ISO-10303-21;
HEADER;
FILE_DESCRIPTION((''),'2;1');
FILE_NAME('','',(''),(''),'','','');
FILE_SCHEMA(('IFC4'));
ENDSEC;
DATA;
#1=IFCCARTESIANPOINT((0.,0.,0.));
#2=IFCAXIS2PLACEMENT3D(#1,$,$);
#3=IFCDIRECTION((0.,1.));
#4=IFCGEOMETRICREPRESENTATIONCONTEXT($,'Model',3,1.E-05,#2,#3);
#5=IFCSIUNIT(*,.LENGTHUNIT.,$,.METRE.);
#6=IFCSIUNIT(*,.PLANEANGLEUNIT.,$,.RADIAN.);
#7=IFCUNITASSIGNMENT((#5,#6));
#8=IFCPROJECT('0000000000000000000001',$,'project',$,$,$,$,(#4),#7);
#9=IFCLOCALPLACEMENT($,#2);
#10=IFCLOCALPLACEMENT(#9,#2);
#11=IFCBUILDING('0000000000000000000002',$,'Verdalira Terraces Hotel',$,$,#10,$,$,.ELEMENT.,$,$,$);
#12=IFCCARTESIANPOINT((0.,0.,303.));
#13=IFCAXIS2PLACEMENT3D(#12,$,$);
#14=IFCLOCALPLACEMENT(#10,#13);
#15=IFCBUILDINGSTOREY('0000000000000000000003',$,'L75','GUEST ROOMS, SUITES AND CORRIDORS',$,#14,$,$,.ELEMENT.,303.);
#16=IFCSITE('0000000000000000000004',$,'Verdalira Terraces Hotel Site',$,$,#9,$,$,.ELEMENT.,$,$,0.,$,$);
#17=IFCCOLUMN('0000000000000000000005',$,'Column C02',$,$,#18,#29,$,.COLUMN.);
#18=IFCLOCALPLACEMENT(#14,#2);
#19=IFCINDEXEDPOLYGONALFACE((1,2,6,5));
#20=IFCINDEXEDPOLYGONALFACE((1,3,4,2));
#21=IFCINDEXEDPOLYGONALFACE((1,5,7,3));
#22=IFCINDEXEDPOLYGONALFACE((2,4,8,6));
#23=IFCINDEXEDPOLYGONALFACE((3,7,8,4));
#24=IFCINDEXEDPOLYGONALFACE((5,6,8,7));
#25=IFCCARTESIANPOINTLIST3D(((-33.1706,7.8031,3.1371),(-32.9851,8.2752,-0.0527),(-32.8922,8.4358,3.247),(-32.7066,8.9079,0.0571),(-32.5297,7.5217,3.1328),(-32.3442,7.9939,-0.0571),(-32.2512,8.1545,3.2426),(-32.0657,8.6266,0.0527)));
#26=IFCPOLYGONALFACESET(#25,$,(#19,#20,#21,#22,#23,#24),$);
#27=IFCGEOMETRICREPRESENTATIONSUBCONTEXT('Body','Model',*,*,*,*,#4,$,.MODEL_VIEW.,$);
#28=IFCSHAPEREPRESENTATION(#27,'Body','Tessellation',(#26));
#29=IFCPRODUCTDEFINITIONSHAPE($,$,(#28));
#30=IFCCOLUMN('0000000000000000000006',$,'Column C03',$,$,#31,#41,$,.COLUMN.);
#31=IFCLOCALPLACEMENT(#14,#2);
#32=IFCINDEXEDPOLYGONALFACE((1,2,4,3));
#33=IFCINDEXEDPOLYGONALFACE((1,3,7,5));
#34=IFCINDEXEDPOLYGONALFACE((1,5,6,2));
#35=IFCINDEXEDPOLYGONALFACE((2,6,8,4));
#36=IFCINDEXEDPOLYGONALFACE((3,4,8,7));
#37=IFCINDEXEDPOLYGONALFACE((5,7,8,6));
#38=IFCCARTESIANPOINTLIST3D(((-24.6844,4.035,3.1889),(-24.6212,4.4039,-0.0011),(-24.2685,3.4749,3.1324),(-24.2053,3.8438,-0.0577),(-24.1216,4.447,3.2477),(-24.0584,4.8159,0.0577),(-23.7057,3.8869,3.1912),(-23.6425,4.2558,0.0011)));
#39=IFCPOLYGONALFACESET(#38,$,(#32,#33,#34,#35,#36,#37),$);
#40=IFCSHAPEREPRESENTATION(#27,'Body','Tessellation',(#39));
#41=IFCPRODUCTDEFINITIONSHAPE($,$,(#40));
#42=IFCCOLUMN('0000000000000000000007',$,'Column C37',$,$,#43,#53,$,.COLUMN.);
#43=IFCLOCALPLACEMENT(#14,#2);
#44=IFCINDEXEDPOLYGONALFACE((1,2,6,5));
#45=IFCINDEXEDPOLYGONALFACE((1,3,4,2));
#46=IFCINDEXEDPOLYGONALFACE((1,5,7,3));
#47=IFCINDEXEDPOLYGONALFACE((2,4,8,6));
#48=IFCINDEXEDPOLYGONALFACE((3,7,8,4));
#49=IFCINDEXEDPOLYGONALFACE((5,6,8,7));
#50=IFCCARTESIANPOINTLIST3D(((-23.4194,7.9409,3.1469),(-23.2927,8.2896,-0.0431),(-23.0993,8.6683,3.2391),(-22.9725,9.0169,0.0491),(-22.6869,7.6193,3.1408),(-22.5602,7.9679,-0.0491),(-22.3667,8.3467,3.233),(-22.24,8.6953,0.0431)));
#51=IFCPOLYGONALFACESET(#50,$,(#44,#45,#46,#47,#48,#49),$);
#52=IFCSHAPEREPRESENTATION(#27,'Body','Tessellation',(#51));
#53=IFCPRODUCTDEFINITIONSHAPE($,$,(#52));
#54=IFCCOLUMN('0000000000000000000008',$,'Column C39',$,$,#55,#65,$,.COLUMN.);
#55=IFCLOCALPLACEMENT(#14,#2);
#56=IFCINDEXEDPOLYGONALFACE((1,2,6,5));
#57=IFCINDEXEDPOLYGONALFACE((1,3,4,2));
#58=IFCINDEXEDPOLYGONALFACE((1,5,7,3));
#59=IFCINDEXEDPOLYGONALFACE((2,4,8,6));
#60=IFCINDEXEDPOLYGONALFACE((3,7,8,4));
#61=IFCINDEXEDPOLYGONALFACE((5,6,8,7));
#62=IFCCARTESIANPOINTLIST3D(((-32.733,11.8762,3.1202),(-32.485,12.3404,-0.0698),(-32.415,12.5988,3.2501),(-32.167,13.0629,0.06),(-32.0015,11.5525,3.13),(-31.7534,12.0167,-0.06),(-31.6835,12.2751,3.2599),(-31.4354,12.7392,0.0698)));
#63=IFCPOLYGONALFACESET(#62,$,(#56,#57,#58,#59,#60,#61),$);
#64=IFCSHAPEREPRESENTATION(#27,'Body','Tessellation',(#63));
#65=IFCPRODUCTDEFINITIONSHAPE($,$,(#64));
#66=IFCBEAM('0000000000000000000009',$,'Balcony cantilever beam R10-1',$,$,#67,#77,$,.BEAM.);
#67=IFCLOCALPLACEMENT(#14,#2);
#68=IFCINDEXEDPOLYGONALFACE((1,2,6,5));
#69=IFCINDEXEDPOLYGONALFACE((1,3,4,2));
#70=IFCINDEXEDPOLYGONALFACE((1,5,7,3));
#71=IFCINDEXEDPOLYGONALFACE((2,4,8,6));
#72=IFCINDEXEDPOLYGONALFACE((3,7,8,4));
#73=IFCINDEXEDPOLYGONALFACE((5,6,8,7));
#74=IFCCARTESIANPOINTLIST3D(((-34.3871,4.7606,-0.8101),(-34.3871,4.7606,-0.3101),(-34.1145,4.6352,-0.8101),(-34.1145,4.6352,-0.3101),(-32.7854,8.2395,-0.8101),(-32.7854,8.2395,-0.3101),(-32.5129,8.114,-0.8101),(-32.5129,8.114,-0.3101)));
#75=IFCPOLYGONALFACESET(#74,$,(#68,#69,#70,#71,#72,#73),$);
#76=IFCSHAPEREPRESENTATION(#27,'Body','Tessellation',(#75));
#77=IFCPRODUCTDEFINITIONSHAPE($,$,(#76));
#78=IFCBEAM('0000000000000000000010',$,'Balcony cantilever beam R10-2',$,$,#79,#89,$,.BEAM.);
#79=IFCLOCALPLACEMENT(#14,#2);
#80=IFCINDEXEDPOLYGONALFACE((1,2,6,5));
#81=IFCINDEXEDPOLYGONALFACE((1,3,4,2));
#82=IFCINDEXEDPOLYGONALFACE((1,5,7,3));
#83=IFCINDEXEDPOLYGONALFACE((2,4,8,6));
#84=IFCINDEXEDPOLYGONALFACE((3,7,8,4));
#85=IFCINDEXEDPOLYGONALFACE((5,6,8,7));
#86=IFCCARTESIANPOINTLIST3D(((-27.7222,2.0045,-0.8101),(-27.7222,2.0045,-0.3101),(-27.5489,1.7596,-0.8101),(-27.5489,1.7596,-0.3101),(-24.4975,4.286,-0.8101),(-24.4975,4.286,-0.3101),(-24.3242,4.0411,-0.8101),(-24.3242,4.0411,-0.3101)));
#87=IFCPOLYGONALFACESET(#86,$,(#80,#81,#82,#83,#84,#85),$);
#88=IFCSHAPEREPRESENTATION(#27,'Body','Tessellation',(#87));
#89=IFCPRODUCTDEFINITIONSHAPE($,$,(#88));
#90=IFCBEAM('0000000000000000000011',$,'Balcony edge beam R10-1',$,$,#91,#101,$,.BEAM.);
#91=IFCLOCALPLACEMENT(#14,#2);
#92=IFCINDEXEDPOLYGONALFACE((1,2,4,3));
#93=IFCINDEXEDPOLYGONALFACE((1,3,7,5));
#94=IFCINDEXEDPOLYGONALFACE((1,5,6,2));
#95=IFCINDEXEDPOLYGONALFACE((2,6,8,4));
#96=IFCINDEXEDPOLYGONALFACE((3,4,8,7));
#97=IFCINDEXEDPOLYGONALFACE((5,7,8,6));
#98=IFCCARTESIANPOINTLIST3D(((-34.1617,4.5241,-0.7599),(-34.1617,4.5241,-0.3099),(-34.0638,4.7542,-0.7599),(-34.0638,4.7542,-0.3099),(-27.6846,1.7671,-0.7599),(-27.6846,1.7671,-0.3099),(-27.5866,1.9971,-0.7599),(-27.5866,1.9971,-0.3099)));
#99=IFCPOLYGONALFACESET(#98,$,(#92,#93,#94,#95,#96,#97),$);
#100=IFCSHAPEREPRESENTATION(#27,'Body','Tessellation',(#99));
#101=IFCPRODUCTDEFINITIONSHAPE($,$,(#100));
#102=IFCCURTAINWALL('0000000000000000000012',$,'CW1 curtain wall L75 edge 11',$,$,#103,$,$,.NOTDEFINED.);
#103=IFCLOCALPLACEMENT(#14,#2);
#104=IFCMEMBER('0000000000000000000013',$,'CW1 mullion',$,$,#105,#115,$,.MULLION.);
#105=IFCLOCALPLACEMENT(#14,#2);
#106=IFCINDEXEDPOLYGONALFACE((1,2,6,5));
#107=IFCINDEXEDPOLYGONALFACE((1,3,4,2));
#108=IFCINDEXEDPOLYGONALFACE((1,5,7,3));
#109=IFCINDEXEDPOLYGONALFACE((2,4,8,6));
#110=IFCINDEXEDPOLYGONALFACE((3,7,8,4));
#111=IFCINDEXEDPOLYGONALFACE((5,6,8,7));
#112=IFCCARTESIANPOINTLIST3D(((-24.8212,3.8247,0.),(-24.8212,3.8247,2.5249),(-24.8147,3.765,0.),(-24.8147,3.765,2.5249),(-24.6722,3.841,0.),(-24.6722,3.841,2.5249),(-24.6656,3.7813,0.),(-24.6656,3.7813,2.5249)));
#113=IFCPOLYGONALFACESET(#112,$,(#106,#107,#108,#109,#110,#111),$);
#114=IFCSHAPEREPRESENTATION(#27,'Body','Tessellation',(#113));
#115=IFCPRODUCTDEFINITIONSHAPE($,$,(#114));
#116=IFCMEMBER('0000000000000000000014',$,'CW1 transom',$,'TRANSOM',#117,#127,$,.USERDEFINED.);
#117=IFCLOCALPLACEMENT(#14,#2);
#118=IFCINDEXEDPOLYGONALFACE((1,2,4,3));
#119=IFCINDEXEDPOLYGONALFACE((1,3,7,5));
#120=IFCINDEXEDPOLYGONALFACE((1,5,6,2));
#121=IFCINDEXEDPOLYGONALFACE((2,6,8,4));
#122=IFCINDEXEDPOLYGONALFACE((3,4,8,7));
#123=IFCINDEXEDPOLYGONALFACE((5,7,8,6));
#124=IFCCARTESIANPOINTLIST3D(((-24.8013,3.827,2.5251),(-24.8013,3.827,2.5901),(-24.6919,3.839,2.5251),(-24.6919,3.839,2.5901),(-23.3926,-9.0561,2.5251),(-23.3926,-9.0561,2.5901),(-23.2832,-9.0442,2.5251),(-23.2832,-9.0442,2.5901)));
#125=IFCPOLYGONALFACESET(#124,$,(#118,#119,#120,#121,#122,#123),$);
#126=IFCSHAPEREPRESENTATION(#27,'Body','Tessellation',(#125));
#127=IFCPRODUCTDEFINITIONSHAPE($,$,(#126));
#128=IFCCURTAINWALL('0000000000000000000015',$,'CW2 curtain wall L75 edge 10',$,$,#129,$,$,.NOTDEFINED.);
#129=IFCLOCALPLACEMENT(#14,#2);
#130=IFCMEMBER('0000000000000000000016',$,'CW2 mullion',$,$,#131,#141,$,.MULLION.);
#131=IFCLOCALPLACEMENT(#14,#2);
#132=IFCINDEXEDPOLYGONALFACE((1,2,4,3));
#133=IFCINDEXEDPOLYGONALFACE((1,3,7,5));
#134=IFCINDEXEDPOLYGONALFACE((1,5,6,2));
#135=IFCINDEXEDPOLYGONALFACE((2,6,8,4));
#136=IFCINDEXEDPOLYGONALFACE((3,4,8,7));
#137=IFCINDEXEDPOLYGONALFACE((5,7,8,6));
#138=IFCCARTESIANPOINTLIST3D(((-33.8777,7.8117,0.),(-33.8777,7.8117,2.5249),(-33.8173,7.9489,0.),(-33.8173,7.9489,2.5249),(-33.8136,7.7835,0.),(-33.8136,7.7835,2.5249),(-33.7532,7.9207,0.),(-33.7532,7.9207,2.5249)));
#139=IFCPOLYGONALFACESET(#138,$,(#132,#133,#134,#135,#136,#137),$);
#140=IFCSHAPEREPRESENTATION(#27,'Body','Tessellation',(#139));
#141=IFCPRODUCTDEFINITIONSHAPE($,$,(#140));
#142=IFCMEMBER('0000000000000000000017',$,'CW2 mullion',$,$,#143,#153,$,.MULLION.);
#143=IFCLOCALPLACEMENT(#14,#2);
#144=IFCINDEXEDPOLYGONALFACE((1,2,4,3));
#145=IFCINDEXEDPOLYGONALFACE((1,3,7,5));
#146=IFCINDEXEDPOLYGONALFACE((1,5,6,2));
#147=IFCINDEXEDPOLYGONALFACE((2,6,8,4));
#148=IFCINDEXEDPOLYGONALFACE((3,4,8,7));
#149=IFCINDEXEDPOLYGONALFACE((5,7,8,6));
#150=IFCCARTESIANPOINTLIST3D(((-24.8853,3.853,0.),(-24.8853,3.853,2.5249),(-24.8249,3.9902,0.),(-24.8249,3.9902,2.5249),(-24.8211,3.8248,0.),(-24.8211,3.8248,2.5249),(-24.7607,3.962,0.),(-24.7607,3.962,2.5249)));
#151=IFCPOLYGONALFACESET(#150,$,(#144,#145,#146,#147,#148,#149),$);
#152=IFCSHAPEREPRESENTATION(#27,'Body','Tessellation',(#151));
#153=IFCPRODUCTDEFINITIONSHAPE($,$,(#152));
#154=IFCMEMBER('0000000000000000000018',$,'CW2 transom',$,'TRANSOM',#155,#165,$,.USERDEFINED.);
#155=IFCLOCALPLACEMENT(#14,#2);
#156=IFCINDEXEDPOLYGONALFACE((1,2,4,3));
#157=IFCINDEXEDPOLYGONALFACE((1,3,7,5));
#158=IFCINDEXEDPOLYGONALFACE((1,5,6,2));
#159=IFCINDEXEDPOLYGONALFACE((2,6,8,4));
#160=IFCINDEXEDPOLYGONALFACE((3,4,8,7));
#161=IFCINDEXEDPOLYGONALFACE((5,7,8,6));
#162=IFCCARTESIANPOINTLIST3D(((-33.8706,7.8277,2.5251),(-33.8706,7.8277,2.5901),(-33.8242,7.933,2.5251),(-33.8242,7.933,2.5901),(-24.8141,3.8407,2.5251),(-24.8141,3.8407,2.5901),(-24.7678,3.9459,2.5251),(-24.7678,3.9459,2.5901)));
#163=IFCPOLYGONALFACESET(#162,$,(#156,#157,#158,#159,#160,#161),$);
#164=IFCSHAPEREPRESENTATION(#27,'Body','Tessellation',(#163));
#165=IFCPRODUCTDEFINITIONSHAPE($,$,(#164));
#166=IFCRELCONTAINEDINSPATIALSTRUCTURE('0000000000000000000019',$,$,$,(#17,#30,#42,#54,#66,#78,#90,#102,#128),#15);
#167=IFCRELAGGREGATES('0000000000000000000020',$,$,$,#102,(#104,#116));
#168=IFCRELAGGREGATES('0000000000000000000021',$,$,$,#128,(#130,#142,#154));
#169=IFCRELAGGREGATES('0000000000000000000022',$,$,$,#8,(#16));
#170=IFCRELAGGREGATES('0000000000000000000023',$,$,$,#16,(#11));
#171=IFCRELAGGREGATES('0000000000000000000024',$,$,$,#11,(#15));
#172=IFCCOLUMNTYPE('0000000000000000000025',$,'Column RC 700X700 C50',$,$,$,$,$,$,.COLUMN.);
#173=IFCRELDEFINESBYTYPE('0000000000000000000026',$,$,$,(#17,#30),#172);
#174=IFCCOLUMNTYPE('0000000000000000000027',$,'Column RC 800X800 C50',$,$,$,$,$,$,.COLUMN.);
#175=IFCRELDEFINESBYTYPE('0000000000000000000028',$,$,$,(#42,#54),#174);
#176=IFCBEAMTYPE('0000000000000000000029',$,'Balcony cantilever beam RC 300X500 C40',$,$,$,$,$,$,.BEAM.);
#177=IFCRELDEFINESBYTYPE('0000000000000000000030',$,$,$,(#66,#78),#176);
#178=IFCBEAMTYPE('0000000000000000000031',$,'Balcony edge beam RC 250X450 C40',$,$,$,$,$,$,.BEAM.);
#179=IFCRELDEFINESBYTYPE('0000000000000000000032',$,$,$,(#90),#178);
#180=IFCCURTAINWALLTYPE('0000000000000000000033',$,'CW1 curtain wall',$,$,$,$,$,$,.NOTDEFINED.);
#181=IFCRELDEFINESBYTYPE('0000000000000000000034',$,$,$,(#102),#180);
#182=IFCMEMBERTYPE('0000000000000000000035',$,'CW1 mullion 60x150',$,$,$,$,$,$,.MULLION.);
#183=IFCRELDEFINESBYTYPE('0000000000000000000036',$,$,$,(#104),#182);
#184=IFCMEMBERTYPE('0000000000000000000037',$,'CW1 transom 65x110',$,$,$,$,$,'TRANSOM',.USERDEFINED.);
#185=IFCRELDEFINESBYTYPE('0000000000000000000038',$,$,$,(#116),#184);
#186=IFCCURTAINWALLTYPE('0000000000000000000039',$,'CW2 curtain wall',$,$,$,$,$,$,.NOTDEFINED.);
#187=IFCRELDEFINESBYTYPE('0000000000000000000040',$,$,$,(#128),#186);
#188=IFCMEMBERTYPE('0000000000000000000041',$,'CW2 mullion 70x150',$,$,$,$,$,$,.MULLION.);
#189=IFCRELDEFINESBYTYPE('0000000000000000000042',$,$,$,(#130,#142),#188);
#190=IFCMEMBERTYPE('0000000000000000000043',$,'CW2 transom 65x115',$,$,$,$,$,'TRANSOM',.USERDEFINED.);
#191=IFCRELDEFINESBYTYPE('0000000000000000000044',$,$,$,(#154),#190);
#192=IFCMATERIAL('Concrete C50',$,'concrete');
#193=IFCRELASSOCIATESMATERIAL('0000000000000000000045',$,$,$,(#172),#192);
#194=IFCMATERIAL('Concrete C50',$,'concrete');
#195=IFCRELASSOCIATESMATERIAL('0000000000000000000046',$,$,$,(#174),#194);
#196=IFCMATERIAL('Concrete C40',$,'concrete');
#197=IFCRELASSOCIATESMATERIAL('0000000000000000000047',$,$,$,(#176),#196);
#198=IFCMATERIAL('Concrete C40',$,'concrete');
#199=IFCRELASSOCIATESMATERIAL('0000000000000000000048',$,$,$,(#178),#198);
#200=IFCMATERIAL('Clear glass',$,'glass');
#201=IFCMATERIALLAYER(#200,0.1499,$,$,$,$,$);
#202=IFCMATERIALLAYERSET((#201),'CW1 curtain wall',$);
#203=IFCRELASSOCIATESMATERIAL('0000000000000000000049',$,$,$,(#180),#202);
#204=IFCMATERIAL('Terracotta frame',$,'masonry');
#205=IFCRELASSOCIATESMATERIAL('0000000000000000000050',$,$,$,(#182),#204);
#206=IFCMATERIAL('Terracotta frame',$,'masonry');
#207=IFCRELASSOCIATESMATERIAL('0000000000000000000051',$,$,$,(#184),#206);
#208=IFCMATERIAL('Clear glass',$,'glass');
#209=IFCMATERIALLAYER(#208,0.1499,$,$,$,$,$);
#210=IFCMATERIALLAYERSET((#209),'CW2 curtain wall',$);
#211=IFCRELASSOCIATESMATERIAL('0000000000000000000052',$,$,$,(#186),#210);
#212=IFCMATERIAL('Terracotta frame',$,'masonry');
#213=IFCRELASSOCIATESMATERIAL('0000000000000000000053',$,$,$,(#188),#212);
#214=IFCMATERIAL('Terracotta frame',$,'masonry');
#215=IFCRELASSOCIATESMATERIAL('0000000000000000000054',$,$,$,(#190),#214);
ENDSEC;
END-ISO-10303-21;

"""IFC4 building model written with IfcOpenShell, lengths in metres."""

from ifc_helpers import new_model, si_unit, direction, frame, origin, origin_2d, place, context, subcontext, project, spatial, rectangle, extrude, material, layer, layer_set, material_profile, profile_set, type_object, element, aggregate, save


model = new_model("IFC4")

# Units and contexts
model_context = context("Model", 3, precision=1e-05, world=origin(), true_north=direction((0.0, 1.0)))
body_context = subcontext(model_context, "Body", "Model", "MODEL_VIEW")
ifc_project = project(units=[si_unit("LENGTHUNIT", "METRE"), si_unit("PLANEANGLEUNIT", "RADIAN")], contexts=[model_context])

# Site, building, storey
site_placement = place(None, origin())
site = spatial("IfcSite", under=ifc_project, at=site_placement, Name="Verdalira Terraces Hotel Site", CompositionType="ELEMENT", RefElevation=0.0)
building_placement = place(site_placement, origin())
building = spatial("IfcBuilding", under=site, at=building_placement, Name="Verdalira Terraces Hotel", CompositionType="ELEMENT")
storey_placement = place(building_placement, frame((0.0, 0.0, 303.0)))
storey = spatial("IfcBuildingStorey", under=building, at=storey_placement, Name="L75", Description="GUEST ROOMS, SUITES AND CORRIDORS", CompositionType="ELEMENT", Elevation=303.0)

# Columns
ifc_material_1 = material(Name="Concrete C50", Category="concrete")
ifc_material_profile_1 = material_profile(ifc_material_1, rectangle(XDim=0.7, YDim=0.7, at=origin_2d()), Name="RC 700X700")
ifc_profile_set_1 = profile_set([ifc_material_profile_1], Name="Concrete C50")
column_type_1 = type_object("IfcColumnType", Name="Column RC 700X700 C50", PredefinedType="COLUMN", material=ifc_profile_set_1)
column_1_placement = place(storey_placement, frame((-32.5254, 8.4509, 0.0), z_axis=(-0.057444, -0.146181, 0.987589), x_axis=(0.915649, -0.401929, -0.006233)))
element("IfcColumn", 1, at=column_1_placement, inside=storey, type_object=column_type_1, Name="Column C02", PredefinedType="COLUMN", context=body_context, shape_type="SweptSolid", body=[
    extrude(rectangle(XDim=0.7, YDim=0.7, at=origin_2d()), origin(), (0.0, 0.0, 1.0), 3.23),
])
column_2_placement = place(storey_placement, frame((-24.1318, 4.3298, 0.0), z_axis=(-0.019687, -0.114856, 0.993187), x_axis=(-0.594237, 0.800225, 0.080762)))
element("IfcColumn", 2, at=column_2_placement, inside=storey, type_object=column_type_1, Name="Column C03", PredefinedType="COLUMN", context=body_context, shape_type="SweptSolid", body=[
    extrude(rectangle(XDim=0.7, YDim=0.7, at=origin_2d()), origin(), (0.0, 0.0, 1.0), 3.2119),
])
ifc_material_2 = material(Name="Concrete C50", Category="concrete")
ifc_material_profile_2 = material_profile(ifc_material_2, rectangle(XDim=0.8, YDim=0.8, at=origin_2d()), Name="RC 800X800")
ifc_profile_set_2 = profile_set([ifc_material_profile_2], Name="Concrete C50")
column_type_2 = type_object("IfcColumnType", Name="Column RC 800X800 C50", PredefinedType="COLUMN", material=ifc_profile_set_2)
column_3_placement = place(storey_placement, frame((-22.7664, 8.4924, 0.0), z_axis=(-0.039456, -0.10856, 0.993307), x_axis=(-0.915594, 0.402033, 0.00757)))
element("IfcColumn", 3, at=column_3_placement, inside=storey, type_object=column_type_2, Name="Column C37", PredefinedType="COLUMN", context=body_context, shape_type="SweptSolid", body=[
    extrude(rectangle(XDim=0.8, YDim=0.8, at=origin_2d()), origin(), (0.0, 0.0, 1.0), 3.2114),
])
column_4_placement = place(storey_placement, frame((-31.9602, 12.5398, 0.0), z_axis=(-0.076722, -0.143552, 0.986664), x_axis=(-0.914405, 0.404617, -0.012235)))
element("IfcColumn", 4, at=column_4_placement, inside=storey, type_object=column_type_2, Name="Column C39", PredefinedType="COLUMN", context=body_context, shape_type="SweptSolid", body=[
    extrude(rectangle(XDim=0.8, YDim=0.8, at=origin_2d()), origin(), (0.0, 0.0, 1.0), 3.2332),
])

# Beams
ifc_material_3 = material(Name="Concrete C40", Category="concrete")
ifc_material_profile_3 = material_profile(ifc_material_3, rectangle(XDim=0.3, YDim=0.5, at=origin_2d()), Name="RC 300X500")
ifc_profile_set_3 = profile_set([ifc_material_profile_3], Name="Concrete C40")
beam_type_1 = type_object("IfcBeamType", Name="Balcony cantilever beam RC 300X500 C40", PredefinedType="BEAM", material=ifc_profile_set_3)
beam_1_placement = place(storey_placement, frame((-32.6492, 8.1768, -0.5601), z_axis=(-0.418193, -0.908358, 0.0), x_axis=(0.908358, -0.418193, 0.0)))
element("IfcBeam", 5, at=beam_1_placement, inside=storey, type_object=beam_type_1, Name="Balcony cantilever beam R10-1", PredefinedType="BEAM", context=body_context, shape_type="SweptSolid", body=[
    extrude(rectangle(XDim=0.3, YDim=0.5, at=origin_2d()), origin(), (0.0, 0.0, 1.0), 3.8298),
])
beam_2_placement = place(storey_placement, frame((-24.4109, 4.1636, -0.5601), z_axis=(-0.816335, -0.577578, 0.0), x_axis=(0.577578, -0.816335, 0.0)))
element("IfcBeam", 6, at=beam_2_placement, inside=storey, type_object=beam_type_1, Name="Balcony cantilever beam R10-2", PredefinedType="BEAM", context=body_context, shape_type="SweptSolid", body=[
    extrude(rectangle(XDim=0.3, YDim=0.5, at=origin_2d()), origin(), (0.0, 0.0, 1.0), 3.9502),
])
ifc_material_4 = material(Name="Concrete C40", Category="concrete")
ifc_material_profile_4 = material_profile(ifc_material_4, rectangle(XDim=0.25, YDim=0.45, at=origin_2d()), Name="RC 250X450")
ifc_profile_set_4 = profile_set([ifc_material_profile_4], Name="Concrete C40")
beam_type_2 = type_object("IfcBeamType", Name="Balcony edge beam RC 250X450 C40", PredefinedType="BEAM", material=ifc_profile_set_4)
beam_3_placement = place(storey_placement, frame((-34.1128, 4.6392, -0.5349), z_axis=(0.920114, -0.39165, 0.0), x_axis=(0.39165, 0.920114, 0.0)))
element("IfcBeam", 7, at=beam_3_placement, inside=storey, type_object=beam_type_2, Name="Balcony edge beam R10-1", PredefinedType="BEAM", context=body_context, shape_type="SweptSolid", body=[
    extrude(rectangle(XDim=0.25, YDim=0.45, at=origin_2d()), origin(), (0.0, 0.0, 1.0), 7.0396),
])

# Curtain walls, members
ifc_material_5 = material(Name="Clear glass", Category="glass")
ifc_layer_1 = layer(ifc_material_5, 0.1499)
ifc_layer_set_1 = layer_set([ifc_layer_1], Name="CW1 curtain wall")
curtain_wall_type_1 = type_object("IfcCurtainWallType", Name="CW1 curtain wall", PredefinedType="NOTDEFINED", material=ifc_layer_set_1)
curtain_wall_1_placement = place(storey_placement, origin())
curtain_wall_1 = element("IfcCurtainWall", 8, at=curtain_wall_1_placement, inside=storey, type_object=curtain_wall_type_1, Name="CW1 curtain wall L75 edge 11", PredefinedType="NOTDEFINED")
ifc_material_6 = material(Name="Terracotta frame", Category="masonry")
ifc_material_profile_5 = material_profile(ifc_material_6, rectangle(XDim=0.0601, YDim=0.1499, at=origin_2d()), Name="MU 60x150")
ifc_profile_set_5 = profile_set([ifc_material_profile_5], Name="Terracotta frame")
member_type_1 = type_object("IfcMemberType", Name="CW1 mullion 60x150", PredefinedType="MULLION", material=ifc_profile_set_5)
member_1_placement = place(storey_placement, frame((-24.7434, 3.803, 0.0), z_axis=(0.0, 0.0, 1.0), x_axis=(0.108693, -0.994075, 0.0)))
member_1 = element("IfcMember", 9, at=member_1_placement, type_object=member_type_1, Name="CW1 mullion", PredefinedType="MULLION", context=body_context, shape_type="SweptSolid", body=[
    extrude(rectangle(XDim=0.0601, YDim=0.1499, at=origin_2d()), origin(), (0.0, 0.0, 1.0), 2.5249),
])
ifc_material_7 = material(Name="Terracotta frame", Category="masonry")
ifc_material_profile_6 = material_profile(ifc_material_7, rectangle(XDim=0.1101, YDim=0.0649, at=origin_2d()), Name="TR 65x110")
ifc_profile_set_6 = profile_set([ifc_material_profile_6], Name="Terracotta frame")
member_type_2 = type_object("IfcMemberType", Name="CW1 transom 65x110", ElementType="TRANSOM", PredefinedType="USERDEFINED", material=ifc_profile_set_6)
member_2_placement = place(storey_placement, frame((-24.7466, 3.833, 2.5576), z_axis=(0.108697, -0.994075, 0.0), x_axis=(0.994075, 0.108697, 0.0)))
member_2 = element("IfcMember", 10, at=member_2_placement, type_object=member_type_2, Name="CW1 transom", ObjectType="TRANSOM", PredefinedType="USERDEFINED", context=body_context, shape_type="SweptSolid", body=[
    extrude(rectangle(XDim=0.1101, YDim=0.0649, at=origin_2d()), origin(), (0.0, 0.0, 1.0), 12.96),
])
aggregate(curtain_wall_1, [member_1, member_2])
ifc_material_8 = material(Name="Clear glass", Category="glass")
ifc_layer_2 = layer(ifc_material_8, 0.1499)
ifc_layer_set_2 = layer_set([ifc_layer_2], Name="CW2 curtain wall")
curtain_wall_type_2 = type_object("IfcCurtainWallType", Name="CW2 curtain wall", PredefinedType="NOTDEFINED", material=ifc_layer_set_2)
curtain_wall_2_placement = place(storey_placement, origin())
curtain_wall_2 = element("IfcCurtainWall", 11, at=curtain_wall_2_placement, inside=storey, type_object=curtain_wall_type_2, Name="CW2 curtain wall L75 edge 10", PredefinedType="NOTDEFINED")
ifc_material_9 = material(Name="Terracotta frame", Category="masonry")
ifc_material_profile_7 = material_profile(ifc_material_9, rectangle(XDim=0.0701, YDim=0.1499, at=origin_2d()), Name="MU 70x150")
ifc_profile_set_7 = profile_set([ifc_material_profile_7], Name="Terracotta frame")
member_type_3 = type_object("IfcMemberType", Name="CW2 mullion 70x150", PredefinedType="MULLION", material=ifc_profile_set_7)
member_3_placement = place(storey_placement, frame((-33.8154, 7.8662, 0.0), z_axis=(0.0, 0.0, 1.0), x_axis=(0.915241, -0.402906, 0.0)))
member_3 = element("IfcMember", 12, at=member_3_placement, type_object=member_type_3, Name="CW2 mullion", PredefinedType="MULLION", context=body_context, shape_type="SweptSolid", body=[
    extrude(rectangle(XDim=0.0701, YDim=0.1499, at=origin_2d()), origin(), (0.0, 0.0, 1.0), 2.5249),
])
member_4_placement = place(storey_placement, frame((-24.823, 3.9075, 0.0), z_axis=(0.0, 0.0, 1.0), x_axis=(0.915241, -0.402906, 0.0)))
member_4 = element("IfcMember", 13, at=member_4_placement, type_object=member_type_3, Name="CW2 mullion", PredefinedType="MULLION", context=body_context, shape_type="SweptSolid", body=[
    extrude(rectangle(XDim=0.0701, YDim=0.1499, at=origin_2d()), origin(), (0.0, 0.0, 1.0), 2.5249),
])
ifc_material_10 = material(Name="Terracotta frame", Category="masonry")
ifc_material_profile_8 = material_profile(ifc_material_10, rectangle(XDim=0.115, YDim=0.0649, at=origin_2d()), Name="TR 65x115")
ifc_profile_set_8 = profile_set([ifc_material_profile_8], Name="Terracotta frame")
member_type_4 = type_object("IfcMemberType", Name="CW2 transom 65x115", ElementType="TRANSOM", PredefinedType="USERDEFINED", material=ifc_profile_set_8)
member_5_placement = place(storey_placement, frame((-33.8474, 7.8804, 2.5576), z_axis=(0.915231, -0.402929, 0.0), x_axis=(0.402929, 0.915231, 0.0)))
member_5 = element("IfcMember", 14, at=member_5_placement, type_object=member_type_4, Name="CW2 transom", ObjectType="TRANSOM", PredefinedType="USERDEFINED", context=body_context, shape_type="SweptSolid", body=[
    extrude(rectangle(XDim=0.115, YDim=0.0649, at=origin_2d()), origin(), (0.0, 0.0, 1.0), 9.8953),
])

aggregate(curtain_wall_2, [member_3, member_4, member_5])

save(model, "model.ifc")
